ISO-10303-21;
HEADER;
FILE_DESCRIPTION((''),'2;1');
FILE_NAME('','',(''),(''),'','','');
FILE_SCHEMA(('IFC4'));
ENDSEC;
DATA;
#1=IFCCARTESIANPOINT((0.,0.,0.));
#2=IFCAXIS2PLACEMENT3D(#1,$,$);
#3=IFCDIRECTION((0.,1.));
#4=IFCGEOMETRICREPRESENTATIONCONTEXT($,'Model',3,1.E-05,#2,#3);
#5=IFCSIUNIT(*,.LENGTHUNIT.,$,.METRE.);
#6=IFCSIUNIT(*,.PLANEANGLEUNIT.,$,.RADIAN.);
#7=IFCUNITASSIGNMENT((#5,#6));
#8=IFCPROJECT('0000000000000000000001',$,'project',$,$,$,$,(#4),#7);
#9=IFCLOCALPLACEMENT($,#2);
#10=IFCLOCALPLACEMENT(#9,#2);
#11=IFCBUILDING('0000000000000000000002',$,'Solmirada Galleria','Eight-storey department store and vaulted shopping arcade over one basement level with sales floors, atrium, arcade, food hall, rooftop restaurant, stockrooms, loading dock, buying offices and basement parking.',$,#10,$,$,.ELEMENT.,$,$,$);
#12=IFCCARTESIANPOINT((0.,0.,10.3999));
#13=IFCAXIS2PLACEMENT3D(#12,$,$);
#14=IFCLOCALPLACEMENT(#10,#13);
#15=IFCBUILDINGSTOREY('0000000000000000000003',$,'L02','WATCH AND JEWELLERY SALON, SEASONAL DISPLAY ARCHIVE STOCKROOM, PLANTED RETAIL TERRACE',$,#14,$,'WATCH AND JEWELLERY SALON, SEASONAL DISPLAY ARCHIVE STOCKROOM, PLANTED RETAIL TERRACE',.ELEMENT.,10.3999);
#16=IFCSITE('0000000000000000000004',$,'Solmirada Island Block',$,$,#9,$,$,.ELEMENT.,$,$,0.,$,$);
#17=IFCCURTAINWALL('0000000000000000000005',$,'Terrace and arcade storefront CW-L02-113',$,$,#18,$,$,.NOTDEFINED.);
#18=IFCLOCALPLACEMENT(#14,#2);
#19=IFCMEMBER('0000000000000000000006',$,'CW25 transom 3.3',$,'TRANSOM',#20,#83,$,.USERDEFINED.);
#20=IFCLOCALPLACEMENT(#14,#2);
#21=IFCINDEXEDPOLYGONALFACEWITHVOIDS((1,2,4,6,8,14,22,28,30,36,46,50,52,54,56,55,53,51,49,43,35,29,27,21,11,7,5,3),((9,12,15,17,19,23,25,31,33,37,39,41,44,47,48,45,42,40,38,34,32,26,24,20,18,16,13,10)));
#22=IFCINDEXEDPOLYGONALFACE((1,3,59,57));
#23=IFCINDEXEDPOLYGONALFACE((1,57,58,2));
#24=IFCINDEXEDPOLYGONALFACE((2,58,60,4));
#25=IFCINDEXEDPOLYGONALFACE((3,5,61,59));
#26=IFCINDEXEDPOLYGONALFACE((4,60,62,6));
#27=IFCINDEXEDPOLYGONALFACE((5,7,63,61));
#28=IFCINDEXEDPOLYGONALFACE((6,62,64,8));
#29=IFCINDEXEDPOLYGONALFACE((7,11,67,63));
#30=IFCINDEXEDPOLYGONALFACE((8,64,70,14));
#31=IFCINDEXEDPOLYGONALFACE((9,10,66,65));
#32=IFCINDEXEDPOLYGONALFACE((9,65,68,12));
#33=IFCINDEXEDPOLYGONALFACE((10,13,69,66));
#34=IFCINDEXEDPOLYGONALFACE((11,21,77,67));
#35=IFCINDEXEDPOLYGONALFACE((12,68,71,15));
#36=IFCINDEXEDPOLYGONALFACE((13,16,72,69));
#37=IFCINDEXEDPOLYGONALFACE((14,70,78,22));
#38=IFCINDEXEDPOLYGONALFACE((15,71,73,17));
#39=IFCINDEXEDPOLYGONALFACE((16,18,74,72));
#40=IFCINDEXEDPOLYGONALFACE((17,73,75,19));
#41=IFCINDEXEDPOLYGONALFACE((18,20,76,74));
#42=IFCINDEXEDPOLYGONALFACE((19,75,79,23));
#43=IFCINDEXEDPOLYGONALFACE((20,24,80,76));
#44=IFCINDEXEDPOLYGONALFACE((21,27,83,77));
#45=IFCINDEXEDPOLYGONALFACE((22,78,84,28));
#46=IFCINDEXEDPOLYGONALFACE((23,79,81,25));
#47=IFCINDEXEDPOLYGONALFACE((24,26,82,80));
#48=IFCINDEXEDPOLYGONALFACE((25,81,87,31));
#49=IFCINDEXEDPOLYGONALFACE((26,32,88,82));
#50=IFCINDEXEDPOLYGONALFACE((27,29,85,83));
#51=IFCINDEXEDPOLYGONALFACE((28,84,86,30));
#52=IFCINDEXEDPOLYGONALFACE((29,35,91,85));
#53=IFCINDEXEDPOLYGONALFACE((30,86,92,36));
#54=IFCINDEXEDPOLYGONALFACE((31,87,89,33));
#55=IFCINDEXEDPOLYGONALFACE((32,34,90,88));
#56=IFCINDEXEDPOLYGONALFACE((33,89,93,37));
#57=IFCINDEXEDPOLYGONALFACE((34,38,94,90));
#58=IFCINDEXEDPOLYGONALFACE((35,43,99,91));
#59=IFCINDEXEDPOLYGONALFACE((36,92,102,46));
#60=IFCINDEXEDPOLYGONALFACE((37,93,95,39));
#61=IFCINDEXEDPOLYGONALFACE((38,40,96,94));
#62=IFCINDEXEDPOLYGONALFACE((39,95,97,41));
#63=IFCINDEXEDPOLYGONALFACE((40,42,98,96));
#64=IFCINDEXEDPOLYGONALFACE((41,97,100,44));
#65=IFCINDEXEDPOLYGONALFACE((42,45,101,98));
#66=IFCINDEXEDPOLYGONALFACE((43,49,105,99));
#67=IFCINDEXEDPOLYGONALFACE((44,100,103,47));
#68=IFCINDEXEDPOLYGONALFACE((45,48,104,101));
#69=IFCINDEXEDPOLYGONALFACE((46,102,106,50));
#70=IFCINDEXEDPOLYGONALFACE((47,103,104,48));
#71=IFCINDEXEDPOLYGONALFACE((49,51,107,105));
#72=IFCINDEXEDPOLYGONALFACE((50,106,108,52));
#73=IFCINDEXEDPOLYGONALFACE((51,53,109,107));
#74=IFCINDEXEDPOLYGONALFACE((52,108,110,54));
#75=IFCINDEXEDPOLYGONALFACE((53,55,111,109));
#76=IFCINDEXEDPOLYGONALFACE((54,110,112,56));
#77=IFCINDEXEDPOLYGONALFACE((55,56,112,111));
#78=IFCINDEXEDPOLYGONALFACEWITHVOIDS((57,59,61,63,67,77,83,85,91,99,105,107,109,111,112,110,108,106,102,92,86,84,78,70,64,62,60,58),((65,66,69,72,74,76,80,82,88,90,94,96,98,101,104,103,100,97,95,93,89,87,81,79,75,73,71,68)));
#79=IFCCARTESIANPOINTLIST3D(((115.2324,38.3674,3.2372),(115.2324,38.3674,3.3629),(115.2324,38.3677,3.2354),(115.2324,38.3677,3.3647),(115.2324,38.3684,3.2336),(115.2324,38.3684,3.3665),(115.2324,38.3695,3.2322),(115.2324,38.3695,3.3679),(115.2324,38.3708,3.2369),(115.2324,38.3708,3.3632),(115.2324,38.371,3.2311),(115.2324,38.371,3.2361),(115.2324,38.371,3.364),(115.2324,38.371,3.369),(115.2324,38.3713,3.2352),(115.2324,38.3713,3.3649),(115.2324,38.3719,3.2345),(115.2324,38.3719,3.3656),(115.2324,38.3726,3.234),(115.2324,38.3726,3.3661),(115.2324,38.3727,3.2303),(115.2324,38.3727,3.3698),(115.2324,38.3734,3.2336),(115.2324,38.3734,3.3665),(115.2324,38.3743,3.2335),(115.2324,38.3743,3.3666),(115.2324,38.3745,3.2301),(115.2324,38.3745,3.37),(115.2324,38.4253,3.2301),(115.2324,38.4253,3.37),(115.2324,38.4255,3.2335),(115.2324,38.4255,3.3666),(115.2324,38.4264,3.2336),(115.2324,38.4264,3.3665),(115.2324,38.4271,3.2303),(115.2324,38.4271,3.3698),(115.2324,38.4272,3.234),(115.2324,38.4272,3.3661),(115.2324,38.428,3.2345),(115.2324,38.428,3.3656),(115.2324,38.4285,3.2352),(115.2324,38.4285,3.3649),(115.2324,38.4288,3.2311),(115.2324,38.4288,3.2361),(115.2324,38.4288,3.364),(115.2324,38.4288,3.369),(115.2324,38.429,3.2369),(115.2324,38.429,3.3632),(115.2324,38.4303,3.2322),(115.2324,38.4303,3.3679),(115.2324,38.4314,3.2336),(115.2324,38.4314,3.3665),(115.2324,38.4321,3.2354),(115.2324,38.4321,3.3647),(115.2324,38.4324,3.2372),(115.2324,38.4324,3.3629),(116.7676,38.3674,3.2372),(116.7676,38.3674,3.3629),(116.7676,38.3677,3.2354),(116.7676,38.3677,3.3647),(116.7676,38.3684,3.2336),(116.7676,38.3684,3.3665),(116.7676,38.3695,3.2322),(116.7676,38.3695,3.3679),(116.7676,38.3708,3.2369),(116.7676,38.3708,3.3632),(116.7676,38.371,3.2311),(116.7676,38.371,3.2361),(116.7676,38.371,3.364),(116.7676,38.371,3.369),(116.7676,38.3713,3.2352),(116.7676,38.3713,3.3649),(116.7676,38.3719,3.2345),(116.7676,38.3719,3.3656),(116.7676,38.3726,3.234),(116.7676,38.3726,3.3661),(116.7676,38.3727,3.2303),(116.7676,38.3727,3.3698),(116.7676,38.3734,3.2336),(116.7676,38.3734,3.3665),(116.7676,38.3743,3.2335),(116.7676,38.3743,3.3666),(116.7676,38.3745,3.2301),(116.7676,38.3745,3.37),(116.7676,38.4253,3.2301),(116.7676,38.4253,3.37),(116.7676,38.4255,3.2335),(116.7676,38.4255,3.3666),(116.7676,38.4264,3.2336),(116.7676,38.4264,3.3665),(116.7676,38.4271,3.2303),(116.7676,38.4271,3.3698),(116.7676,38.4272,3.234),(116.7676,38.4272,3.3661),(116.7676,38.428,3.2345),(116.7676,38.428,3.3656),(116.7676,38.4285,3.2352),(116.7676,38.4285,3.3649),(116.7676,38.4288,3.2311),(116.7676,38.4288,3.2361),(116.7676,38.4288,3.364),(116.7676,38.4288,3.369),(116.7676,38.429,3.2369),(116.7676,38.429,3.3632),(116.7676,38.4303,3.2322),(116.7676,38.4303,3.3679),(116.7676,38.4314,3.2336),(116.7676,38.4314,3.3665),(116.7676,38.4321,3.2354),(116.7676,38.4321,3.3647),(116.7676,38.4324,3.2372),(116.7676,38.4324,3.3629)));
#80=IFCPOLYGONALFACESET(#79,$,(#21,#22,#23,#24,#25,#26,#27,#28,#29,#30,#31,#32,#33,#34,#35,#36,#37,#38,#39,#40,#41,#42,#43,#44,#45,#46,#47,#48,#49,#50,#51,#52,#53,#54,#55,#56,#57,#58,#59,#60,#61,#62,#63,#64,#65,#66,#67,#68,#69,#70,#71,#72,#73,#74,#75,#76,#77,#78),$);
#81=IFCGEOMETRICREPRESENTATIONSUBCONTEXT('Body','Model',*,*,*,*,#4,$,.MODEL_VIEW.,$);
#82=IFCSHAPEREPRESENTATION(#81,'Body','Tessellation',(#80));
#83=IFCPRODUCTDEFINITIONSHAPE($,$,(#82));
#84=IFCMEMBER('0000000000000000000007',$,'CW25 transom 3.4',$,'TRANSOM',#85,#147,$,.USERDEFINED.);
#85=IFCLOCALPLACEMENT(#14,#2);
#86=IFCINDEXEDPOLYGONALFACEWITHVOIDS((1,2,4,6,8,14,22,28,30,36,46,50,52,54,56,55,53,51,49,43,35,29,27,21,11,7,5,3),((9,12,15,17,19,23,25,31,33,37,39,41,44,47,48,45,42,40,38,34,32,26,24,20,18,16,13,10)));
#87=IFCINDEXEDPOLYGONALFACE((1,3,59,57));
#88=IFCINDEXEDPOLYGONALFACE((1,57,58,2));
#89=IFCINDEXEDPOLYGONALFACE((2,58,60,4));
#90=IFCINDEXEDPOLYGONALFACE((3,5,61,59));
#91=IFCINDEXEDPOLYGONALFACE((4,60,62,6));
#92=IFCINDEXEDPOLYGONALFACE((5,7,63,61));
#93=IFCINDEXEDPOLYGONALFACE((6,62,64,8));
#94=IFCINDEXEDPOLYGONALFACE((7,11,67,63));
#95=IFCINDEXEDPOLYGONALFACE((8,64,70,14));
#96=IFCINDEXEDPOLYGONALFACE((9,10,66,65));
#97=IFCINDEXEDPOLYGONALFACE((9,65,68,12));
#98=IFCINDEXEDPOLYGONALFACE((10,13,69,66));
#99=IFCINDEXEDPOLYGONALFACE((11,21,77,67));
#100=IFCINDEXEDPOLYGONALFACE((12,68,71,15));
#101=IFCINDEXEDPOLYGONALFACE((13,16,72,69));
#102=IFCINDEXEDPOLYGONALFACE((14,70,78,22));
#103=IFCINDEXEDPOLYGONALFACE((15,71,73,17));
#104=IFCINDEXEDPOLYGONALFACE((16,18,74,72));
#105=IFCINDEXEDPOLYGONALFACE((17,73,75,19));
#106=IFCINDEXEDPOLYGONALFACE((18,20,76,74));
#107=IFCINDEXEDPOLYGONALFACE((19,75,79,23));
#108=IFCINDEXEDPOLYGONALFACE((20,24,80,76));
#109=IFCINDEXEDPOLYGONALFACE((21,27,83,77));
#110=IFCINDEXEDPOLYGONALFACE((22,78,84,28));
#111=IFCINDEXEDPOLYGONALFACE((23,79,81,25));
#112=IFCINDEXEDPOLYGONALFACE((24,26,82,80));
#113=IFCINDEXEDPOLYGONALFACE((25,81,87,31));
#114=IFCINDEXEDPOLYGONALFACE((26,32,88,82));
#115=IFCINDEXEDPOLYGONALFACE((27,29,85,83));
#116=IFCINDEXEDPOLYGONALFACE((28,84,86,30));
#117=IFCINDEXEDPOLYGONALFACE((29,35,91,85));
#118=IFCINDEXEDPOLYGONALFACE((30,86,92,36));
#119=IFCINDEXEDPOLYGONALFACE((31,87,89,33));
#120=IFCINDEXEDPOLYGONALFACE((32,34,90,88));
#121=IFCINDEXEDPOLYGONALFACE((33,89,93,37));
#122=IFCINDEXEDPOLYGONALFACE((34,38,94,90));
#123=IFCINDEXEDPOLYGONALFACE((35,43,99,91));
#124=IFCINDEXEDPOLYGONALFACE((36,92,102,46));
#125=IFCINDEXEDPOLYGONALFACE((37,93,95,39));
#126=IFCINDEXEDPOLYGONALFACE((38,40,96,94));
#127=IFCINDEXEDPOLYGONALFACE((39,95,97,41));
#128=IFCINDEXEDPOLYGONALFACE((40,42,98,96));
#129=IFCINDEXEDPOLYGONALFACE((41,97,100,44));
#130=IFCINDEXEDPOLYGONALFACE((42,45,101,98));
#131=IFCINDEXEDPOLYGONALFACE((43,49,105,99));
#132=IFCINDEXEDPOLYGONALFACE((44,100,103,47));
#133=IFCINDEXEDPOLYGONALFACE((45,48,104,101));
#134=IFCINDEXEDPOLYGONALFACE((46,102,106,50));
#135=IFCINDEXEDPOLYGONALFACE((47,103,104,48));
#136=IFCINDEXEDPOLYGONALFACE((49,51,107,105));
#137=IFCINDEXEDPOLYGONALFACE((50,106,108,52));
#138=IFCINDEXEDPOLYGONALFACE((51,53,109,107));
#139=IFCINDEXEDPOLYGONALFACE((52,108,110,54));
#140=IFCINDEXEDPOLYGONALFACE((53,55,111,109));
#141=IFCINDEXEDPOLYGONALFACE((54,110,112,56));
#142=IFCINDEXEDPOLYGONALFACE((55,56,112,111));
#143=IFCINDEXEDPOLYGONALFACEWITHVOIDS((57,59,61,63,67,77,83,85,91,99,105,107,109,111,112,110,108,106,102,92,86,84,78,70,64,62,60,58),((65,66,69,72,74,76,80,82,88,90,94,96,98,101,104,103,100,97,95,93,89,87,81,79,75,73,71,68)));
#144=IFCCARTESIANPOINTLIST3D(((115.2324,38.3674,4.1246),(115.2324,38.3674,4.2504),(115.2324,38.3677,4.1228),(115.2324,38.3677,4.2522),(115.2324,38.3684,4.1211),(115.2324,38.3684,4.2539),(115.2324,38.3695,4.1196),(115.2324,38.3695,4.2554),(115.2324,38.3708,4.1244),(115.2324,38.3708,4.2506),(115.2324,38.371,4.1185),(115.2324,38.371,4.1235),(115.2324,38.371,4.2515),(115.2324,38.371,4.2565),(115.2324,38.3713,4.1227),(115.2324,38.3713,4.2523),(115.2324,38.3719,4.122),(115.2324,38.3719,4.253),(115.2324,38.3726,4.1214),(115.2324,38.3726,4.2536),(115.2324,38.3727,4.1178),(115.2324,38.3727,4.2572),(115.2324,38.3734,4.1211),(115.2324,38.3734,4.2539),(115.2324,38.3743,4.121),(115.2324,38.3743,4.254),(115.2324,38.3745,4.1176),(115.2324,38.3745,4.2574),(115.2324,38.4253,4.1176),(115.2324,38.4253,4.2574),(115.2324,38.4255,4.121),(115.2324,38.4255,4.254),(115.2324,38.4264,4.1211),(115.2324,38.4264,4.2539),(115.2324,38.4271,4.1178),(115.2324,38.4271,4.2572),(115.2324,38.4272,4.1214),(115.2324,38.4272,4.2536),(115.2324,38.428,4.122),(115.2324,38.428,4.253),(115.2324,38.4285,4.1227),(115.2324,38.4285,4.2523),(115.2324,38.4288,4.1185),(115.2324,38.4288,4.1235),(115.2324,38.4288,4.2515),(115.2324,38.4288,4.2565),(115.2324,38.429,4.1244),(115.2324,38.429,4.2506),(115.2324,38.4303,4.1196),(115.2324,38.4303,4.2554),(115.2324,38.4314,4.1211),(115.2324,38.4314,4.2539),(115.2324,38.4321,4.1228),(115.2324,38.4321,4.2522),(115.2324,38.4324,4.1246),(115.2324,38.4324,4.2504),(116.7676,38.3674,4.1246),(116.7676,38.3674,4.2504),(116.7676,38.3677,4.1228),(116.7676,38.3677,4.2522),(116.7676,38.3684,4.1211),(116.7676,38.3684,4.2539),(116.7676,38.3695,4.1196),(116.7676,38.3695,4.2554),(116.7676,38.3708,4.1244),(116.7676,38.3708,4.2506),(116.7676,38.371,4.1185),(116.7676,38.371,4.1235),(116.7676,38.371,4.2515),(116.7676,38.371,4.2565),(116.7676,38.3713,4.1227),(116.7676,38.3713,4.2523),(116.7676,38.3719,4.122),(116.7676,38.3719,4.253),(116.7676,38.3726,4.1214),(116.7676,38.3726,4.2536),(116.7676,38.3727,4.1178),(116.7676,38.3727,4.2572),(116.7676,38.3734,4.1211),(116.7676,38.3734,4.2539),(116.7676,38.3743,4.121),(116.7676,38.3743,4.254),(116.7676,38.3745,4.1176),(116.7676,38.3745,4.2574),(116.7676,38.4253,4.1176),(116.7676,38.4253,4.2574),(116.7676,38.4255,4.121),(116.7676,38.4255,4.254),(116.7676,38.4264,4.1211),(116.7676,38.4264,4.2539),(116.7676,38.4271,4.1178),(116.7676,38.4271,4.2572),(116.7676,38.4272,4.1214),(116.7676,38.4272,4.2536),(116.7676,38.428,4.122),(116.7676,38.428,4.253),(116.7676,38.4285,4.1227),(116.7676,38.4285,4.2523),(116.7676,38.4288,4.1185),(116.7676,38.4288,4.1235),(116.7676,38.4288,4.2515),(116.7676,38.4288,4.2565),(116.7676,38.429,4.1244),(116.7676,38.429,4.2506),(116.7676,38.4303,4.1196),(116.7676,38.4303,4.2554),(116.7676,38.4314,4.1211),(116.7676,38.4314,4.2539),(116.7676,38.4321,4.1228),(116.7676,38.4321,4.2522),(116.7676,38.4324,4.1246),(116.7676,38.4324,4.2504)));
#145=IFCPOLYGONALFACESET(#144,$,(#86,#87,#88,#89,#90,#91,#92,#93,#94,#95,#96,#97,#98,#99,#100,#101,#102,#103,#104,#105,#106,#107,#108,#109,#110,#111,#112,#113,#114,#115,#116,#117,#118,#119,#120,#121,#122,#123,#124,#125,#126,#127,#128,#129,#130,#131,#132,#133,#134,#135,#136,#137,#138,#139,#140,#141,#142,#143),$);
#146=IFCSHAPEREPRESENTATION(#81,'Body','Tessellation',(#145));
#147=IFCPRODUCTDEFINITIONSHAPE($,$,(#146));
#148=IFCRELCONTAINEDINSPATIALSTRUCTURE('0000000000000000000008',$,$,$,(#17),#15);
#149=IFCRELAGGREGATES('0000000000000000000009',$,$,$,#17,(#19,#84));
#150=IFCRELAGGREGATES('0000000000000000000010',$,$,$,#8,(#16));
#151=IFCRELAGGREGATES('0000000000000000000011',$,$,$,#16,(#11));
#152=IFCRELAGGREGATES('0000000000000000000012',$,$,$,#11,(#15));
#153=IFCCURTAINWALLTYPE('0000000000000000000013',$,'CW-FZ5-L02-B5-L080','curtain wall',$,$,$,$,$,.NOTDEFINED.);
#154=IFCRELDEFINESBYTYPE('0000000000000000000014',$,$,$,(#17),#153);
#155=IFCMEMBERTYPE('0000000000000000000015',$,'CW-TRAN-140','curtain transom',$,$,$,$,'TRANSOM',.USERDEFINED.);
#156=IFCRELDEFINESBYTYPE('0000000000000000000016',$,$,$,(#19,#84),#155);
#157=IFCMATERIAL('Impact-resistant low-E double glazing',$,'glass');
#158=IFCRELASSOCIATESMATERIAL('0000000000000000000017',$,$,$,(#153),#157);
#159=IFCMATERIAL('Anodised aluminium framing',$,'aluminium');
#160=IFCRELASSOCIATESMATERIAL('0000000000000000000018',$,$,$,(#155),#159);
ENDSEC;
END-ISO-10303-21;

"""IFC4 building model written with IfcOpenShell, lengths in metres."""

from ifc_helpers import new_model, si_unit, direction, frame, origin, origin_2d, place, context, subcontext, project, spatial, hollow_rectangle, extrude, material, material_profile, profile_set, type_object, element, aggregate, save


model = new_model("IFC4")

# Units and contexts
model_context = context("Model", 3, precision=1e-05, world=origin(), true_north=direction((0.0, 1.0)))
body_context = subcontext(model_context, "Body", "Model", "MODEL_VIEW")
ifc_project = project(units=[si_unit("LENGTHUNIT", "METRE"), si_unit("PLANEANGLEUNIT", "RADIAN")], contexts=[model_context])

# Site, building, storey
site_placement = place(None, origin())
site = spatial("IfcSite", under=ifc_project, at=site_placement, Name="Solmirada Island Block", CompositionType="ELEMENT", RefElevation=0.0)
building_placement = place(site_placement, origin())
building = spatial("IfcBuilding", under=site, at=building_placement, Name="Solmirada Galleria", Description="Eight-storey department store and vaulted shopping arcade over one basement level with sales floors, atrium, arcade, food hall, rooftop restaurant, stockrooms, loading dock, buying offices and basement parking.", CompositionType="ELEMENT")
storey_placement = place(building_placement, frame((0.0, 0.0, 10.3999)))
storey = spatial("IfcBuildingStorey", under=building, at=storey_placement, Name="L02", Description="WATCH AND JEWELLERY SALON, SEASONAL DISPLAY ARCHIVE STOCKROOM, PLANTED RETAIL TERRACE", LongName="WATCH AND JEWELLERY SALON, SEASONAL DISPLAY ARCHIVE STOCKROOM, PLANTED RETAIL TERRACE", CompositionType="ELEMENT", Elevation=10.3999)

# Curtain wall, members
ifc_material_1 = material(Name="Impact-resistant low-E double glazing", Category="glass")
curtain_wall_type = type_object("IfcCurtainWallType", Name="CW-FZ5-L02-B5-L080", Description="curtain wall", PredefinedType="NOTDEFINED", material=ifc_material_1)
curtain_wall_placement = place(storey_placement, origin())
curtain_wall = element("IfcCurtainWall", 1, at=curtain_wall_placement, inside=storey, type_object=curtain_wall_type, Name="Terrace and arcade storefront CW-L02-113", PredefinedType="NOTDEFINED")
ifc_material_2 = material(Name="Anodised aluminium framing", Category="aluminium")
ifc_material_profile_1 = material_profile(ifc_material_2, hollow_rectangle(XDim=0.0649, YDim=0.1399, WallThickness=0.0034, InnerFilletRadius=0.0034, OuterFilletRadius=0.0071, at=origin_2d()), Name="ALU-TRAN-140X65")
ifc_profile_set_1 = profile_set([ifc_material_profile_1], Name="Anodised aluminium framing")
member_type_1 = type_object("IfcMemberType", Name="CW-TRAN-140", Description="curtain transom", ElementType="TRANSOM", PredefinedType="USERDEFINED", material=ifc_profile_set_1)
member_1_placement = place(storey_placement, frame((115.2324, 38.3999, 3.3), z_axis=(1.0, 0.0, 0.0), x_axis=(0.0, 1.0, 0.0)))
member_1 = element("IfcMember", 2, at=member_1_placement, type_object=member_type_1, Name="CW25 transom 3.3", ObjectType="TRANSOM", PredefinedType="USERDEFINED", context=body_context, shape_type="SweptSolid", body=[
    extrude(hollow_rectangle(XDim=0.0649, YDim=0.1399, WallThickness=0.0034, InnerFilletRadius=0.0034, OuterFilletRadius=0.0071, at=origin_2d()), origin(), (0.0, 0.0, 1.0), 1.5352),
])
member_2_placement = place(storey_placement, frame((115.2324, 38.3999, 4.1875), z_axis=(1.0, 0.0, 0.0), x_axis=(0.0, 1.0, 0.0)))
member_2 = element("IfcMember", 3, at=member_2_placement, type_object=member_type_1, Name="CW25 transom 3.4", ObjectType="TRANSOM", PredefinedType="USERDEFINED", context=body_context, shape_type="SweptSolid", body=[
    extrude(hollow_rectangle(XDim=0.0649, YDim=0.1399, WallThickness=0.0034, InnerFilletRadius=0.0034, OuterFilletRadius=0.0071, at=origin_2d()), origin(), (0.0, 0.0, 1.0), 1.5352),
])
aggregate(curtain_wall, [member_1, member_2])

save(model, "model.ifc")
